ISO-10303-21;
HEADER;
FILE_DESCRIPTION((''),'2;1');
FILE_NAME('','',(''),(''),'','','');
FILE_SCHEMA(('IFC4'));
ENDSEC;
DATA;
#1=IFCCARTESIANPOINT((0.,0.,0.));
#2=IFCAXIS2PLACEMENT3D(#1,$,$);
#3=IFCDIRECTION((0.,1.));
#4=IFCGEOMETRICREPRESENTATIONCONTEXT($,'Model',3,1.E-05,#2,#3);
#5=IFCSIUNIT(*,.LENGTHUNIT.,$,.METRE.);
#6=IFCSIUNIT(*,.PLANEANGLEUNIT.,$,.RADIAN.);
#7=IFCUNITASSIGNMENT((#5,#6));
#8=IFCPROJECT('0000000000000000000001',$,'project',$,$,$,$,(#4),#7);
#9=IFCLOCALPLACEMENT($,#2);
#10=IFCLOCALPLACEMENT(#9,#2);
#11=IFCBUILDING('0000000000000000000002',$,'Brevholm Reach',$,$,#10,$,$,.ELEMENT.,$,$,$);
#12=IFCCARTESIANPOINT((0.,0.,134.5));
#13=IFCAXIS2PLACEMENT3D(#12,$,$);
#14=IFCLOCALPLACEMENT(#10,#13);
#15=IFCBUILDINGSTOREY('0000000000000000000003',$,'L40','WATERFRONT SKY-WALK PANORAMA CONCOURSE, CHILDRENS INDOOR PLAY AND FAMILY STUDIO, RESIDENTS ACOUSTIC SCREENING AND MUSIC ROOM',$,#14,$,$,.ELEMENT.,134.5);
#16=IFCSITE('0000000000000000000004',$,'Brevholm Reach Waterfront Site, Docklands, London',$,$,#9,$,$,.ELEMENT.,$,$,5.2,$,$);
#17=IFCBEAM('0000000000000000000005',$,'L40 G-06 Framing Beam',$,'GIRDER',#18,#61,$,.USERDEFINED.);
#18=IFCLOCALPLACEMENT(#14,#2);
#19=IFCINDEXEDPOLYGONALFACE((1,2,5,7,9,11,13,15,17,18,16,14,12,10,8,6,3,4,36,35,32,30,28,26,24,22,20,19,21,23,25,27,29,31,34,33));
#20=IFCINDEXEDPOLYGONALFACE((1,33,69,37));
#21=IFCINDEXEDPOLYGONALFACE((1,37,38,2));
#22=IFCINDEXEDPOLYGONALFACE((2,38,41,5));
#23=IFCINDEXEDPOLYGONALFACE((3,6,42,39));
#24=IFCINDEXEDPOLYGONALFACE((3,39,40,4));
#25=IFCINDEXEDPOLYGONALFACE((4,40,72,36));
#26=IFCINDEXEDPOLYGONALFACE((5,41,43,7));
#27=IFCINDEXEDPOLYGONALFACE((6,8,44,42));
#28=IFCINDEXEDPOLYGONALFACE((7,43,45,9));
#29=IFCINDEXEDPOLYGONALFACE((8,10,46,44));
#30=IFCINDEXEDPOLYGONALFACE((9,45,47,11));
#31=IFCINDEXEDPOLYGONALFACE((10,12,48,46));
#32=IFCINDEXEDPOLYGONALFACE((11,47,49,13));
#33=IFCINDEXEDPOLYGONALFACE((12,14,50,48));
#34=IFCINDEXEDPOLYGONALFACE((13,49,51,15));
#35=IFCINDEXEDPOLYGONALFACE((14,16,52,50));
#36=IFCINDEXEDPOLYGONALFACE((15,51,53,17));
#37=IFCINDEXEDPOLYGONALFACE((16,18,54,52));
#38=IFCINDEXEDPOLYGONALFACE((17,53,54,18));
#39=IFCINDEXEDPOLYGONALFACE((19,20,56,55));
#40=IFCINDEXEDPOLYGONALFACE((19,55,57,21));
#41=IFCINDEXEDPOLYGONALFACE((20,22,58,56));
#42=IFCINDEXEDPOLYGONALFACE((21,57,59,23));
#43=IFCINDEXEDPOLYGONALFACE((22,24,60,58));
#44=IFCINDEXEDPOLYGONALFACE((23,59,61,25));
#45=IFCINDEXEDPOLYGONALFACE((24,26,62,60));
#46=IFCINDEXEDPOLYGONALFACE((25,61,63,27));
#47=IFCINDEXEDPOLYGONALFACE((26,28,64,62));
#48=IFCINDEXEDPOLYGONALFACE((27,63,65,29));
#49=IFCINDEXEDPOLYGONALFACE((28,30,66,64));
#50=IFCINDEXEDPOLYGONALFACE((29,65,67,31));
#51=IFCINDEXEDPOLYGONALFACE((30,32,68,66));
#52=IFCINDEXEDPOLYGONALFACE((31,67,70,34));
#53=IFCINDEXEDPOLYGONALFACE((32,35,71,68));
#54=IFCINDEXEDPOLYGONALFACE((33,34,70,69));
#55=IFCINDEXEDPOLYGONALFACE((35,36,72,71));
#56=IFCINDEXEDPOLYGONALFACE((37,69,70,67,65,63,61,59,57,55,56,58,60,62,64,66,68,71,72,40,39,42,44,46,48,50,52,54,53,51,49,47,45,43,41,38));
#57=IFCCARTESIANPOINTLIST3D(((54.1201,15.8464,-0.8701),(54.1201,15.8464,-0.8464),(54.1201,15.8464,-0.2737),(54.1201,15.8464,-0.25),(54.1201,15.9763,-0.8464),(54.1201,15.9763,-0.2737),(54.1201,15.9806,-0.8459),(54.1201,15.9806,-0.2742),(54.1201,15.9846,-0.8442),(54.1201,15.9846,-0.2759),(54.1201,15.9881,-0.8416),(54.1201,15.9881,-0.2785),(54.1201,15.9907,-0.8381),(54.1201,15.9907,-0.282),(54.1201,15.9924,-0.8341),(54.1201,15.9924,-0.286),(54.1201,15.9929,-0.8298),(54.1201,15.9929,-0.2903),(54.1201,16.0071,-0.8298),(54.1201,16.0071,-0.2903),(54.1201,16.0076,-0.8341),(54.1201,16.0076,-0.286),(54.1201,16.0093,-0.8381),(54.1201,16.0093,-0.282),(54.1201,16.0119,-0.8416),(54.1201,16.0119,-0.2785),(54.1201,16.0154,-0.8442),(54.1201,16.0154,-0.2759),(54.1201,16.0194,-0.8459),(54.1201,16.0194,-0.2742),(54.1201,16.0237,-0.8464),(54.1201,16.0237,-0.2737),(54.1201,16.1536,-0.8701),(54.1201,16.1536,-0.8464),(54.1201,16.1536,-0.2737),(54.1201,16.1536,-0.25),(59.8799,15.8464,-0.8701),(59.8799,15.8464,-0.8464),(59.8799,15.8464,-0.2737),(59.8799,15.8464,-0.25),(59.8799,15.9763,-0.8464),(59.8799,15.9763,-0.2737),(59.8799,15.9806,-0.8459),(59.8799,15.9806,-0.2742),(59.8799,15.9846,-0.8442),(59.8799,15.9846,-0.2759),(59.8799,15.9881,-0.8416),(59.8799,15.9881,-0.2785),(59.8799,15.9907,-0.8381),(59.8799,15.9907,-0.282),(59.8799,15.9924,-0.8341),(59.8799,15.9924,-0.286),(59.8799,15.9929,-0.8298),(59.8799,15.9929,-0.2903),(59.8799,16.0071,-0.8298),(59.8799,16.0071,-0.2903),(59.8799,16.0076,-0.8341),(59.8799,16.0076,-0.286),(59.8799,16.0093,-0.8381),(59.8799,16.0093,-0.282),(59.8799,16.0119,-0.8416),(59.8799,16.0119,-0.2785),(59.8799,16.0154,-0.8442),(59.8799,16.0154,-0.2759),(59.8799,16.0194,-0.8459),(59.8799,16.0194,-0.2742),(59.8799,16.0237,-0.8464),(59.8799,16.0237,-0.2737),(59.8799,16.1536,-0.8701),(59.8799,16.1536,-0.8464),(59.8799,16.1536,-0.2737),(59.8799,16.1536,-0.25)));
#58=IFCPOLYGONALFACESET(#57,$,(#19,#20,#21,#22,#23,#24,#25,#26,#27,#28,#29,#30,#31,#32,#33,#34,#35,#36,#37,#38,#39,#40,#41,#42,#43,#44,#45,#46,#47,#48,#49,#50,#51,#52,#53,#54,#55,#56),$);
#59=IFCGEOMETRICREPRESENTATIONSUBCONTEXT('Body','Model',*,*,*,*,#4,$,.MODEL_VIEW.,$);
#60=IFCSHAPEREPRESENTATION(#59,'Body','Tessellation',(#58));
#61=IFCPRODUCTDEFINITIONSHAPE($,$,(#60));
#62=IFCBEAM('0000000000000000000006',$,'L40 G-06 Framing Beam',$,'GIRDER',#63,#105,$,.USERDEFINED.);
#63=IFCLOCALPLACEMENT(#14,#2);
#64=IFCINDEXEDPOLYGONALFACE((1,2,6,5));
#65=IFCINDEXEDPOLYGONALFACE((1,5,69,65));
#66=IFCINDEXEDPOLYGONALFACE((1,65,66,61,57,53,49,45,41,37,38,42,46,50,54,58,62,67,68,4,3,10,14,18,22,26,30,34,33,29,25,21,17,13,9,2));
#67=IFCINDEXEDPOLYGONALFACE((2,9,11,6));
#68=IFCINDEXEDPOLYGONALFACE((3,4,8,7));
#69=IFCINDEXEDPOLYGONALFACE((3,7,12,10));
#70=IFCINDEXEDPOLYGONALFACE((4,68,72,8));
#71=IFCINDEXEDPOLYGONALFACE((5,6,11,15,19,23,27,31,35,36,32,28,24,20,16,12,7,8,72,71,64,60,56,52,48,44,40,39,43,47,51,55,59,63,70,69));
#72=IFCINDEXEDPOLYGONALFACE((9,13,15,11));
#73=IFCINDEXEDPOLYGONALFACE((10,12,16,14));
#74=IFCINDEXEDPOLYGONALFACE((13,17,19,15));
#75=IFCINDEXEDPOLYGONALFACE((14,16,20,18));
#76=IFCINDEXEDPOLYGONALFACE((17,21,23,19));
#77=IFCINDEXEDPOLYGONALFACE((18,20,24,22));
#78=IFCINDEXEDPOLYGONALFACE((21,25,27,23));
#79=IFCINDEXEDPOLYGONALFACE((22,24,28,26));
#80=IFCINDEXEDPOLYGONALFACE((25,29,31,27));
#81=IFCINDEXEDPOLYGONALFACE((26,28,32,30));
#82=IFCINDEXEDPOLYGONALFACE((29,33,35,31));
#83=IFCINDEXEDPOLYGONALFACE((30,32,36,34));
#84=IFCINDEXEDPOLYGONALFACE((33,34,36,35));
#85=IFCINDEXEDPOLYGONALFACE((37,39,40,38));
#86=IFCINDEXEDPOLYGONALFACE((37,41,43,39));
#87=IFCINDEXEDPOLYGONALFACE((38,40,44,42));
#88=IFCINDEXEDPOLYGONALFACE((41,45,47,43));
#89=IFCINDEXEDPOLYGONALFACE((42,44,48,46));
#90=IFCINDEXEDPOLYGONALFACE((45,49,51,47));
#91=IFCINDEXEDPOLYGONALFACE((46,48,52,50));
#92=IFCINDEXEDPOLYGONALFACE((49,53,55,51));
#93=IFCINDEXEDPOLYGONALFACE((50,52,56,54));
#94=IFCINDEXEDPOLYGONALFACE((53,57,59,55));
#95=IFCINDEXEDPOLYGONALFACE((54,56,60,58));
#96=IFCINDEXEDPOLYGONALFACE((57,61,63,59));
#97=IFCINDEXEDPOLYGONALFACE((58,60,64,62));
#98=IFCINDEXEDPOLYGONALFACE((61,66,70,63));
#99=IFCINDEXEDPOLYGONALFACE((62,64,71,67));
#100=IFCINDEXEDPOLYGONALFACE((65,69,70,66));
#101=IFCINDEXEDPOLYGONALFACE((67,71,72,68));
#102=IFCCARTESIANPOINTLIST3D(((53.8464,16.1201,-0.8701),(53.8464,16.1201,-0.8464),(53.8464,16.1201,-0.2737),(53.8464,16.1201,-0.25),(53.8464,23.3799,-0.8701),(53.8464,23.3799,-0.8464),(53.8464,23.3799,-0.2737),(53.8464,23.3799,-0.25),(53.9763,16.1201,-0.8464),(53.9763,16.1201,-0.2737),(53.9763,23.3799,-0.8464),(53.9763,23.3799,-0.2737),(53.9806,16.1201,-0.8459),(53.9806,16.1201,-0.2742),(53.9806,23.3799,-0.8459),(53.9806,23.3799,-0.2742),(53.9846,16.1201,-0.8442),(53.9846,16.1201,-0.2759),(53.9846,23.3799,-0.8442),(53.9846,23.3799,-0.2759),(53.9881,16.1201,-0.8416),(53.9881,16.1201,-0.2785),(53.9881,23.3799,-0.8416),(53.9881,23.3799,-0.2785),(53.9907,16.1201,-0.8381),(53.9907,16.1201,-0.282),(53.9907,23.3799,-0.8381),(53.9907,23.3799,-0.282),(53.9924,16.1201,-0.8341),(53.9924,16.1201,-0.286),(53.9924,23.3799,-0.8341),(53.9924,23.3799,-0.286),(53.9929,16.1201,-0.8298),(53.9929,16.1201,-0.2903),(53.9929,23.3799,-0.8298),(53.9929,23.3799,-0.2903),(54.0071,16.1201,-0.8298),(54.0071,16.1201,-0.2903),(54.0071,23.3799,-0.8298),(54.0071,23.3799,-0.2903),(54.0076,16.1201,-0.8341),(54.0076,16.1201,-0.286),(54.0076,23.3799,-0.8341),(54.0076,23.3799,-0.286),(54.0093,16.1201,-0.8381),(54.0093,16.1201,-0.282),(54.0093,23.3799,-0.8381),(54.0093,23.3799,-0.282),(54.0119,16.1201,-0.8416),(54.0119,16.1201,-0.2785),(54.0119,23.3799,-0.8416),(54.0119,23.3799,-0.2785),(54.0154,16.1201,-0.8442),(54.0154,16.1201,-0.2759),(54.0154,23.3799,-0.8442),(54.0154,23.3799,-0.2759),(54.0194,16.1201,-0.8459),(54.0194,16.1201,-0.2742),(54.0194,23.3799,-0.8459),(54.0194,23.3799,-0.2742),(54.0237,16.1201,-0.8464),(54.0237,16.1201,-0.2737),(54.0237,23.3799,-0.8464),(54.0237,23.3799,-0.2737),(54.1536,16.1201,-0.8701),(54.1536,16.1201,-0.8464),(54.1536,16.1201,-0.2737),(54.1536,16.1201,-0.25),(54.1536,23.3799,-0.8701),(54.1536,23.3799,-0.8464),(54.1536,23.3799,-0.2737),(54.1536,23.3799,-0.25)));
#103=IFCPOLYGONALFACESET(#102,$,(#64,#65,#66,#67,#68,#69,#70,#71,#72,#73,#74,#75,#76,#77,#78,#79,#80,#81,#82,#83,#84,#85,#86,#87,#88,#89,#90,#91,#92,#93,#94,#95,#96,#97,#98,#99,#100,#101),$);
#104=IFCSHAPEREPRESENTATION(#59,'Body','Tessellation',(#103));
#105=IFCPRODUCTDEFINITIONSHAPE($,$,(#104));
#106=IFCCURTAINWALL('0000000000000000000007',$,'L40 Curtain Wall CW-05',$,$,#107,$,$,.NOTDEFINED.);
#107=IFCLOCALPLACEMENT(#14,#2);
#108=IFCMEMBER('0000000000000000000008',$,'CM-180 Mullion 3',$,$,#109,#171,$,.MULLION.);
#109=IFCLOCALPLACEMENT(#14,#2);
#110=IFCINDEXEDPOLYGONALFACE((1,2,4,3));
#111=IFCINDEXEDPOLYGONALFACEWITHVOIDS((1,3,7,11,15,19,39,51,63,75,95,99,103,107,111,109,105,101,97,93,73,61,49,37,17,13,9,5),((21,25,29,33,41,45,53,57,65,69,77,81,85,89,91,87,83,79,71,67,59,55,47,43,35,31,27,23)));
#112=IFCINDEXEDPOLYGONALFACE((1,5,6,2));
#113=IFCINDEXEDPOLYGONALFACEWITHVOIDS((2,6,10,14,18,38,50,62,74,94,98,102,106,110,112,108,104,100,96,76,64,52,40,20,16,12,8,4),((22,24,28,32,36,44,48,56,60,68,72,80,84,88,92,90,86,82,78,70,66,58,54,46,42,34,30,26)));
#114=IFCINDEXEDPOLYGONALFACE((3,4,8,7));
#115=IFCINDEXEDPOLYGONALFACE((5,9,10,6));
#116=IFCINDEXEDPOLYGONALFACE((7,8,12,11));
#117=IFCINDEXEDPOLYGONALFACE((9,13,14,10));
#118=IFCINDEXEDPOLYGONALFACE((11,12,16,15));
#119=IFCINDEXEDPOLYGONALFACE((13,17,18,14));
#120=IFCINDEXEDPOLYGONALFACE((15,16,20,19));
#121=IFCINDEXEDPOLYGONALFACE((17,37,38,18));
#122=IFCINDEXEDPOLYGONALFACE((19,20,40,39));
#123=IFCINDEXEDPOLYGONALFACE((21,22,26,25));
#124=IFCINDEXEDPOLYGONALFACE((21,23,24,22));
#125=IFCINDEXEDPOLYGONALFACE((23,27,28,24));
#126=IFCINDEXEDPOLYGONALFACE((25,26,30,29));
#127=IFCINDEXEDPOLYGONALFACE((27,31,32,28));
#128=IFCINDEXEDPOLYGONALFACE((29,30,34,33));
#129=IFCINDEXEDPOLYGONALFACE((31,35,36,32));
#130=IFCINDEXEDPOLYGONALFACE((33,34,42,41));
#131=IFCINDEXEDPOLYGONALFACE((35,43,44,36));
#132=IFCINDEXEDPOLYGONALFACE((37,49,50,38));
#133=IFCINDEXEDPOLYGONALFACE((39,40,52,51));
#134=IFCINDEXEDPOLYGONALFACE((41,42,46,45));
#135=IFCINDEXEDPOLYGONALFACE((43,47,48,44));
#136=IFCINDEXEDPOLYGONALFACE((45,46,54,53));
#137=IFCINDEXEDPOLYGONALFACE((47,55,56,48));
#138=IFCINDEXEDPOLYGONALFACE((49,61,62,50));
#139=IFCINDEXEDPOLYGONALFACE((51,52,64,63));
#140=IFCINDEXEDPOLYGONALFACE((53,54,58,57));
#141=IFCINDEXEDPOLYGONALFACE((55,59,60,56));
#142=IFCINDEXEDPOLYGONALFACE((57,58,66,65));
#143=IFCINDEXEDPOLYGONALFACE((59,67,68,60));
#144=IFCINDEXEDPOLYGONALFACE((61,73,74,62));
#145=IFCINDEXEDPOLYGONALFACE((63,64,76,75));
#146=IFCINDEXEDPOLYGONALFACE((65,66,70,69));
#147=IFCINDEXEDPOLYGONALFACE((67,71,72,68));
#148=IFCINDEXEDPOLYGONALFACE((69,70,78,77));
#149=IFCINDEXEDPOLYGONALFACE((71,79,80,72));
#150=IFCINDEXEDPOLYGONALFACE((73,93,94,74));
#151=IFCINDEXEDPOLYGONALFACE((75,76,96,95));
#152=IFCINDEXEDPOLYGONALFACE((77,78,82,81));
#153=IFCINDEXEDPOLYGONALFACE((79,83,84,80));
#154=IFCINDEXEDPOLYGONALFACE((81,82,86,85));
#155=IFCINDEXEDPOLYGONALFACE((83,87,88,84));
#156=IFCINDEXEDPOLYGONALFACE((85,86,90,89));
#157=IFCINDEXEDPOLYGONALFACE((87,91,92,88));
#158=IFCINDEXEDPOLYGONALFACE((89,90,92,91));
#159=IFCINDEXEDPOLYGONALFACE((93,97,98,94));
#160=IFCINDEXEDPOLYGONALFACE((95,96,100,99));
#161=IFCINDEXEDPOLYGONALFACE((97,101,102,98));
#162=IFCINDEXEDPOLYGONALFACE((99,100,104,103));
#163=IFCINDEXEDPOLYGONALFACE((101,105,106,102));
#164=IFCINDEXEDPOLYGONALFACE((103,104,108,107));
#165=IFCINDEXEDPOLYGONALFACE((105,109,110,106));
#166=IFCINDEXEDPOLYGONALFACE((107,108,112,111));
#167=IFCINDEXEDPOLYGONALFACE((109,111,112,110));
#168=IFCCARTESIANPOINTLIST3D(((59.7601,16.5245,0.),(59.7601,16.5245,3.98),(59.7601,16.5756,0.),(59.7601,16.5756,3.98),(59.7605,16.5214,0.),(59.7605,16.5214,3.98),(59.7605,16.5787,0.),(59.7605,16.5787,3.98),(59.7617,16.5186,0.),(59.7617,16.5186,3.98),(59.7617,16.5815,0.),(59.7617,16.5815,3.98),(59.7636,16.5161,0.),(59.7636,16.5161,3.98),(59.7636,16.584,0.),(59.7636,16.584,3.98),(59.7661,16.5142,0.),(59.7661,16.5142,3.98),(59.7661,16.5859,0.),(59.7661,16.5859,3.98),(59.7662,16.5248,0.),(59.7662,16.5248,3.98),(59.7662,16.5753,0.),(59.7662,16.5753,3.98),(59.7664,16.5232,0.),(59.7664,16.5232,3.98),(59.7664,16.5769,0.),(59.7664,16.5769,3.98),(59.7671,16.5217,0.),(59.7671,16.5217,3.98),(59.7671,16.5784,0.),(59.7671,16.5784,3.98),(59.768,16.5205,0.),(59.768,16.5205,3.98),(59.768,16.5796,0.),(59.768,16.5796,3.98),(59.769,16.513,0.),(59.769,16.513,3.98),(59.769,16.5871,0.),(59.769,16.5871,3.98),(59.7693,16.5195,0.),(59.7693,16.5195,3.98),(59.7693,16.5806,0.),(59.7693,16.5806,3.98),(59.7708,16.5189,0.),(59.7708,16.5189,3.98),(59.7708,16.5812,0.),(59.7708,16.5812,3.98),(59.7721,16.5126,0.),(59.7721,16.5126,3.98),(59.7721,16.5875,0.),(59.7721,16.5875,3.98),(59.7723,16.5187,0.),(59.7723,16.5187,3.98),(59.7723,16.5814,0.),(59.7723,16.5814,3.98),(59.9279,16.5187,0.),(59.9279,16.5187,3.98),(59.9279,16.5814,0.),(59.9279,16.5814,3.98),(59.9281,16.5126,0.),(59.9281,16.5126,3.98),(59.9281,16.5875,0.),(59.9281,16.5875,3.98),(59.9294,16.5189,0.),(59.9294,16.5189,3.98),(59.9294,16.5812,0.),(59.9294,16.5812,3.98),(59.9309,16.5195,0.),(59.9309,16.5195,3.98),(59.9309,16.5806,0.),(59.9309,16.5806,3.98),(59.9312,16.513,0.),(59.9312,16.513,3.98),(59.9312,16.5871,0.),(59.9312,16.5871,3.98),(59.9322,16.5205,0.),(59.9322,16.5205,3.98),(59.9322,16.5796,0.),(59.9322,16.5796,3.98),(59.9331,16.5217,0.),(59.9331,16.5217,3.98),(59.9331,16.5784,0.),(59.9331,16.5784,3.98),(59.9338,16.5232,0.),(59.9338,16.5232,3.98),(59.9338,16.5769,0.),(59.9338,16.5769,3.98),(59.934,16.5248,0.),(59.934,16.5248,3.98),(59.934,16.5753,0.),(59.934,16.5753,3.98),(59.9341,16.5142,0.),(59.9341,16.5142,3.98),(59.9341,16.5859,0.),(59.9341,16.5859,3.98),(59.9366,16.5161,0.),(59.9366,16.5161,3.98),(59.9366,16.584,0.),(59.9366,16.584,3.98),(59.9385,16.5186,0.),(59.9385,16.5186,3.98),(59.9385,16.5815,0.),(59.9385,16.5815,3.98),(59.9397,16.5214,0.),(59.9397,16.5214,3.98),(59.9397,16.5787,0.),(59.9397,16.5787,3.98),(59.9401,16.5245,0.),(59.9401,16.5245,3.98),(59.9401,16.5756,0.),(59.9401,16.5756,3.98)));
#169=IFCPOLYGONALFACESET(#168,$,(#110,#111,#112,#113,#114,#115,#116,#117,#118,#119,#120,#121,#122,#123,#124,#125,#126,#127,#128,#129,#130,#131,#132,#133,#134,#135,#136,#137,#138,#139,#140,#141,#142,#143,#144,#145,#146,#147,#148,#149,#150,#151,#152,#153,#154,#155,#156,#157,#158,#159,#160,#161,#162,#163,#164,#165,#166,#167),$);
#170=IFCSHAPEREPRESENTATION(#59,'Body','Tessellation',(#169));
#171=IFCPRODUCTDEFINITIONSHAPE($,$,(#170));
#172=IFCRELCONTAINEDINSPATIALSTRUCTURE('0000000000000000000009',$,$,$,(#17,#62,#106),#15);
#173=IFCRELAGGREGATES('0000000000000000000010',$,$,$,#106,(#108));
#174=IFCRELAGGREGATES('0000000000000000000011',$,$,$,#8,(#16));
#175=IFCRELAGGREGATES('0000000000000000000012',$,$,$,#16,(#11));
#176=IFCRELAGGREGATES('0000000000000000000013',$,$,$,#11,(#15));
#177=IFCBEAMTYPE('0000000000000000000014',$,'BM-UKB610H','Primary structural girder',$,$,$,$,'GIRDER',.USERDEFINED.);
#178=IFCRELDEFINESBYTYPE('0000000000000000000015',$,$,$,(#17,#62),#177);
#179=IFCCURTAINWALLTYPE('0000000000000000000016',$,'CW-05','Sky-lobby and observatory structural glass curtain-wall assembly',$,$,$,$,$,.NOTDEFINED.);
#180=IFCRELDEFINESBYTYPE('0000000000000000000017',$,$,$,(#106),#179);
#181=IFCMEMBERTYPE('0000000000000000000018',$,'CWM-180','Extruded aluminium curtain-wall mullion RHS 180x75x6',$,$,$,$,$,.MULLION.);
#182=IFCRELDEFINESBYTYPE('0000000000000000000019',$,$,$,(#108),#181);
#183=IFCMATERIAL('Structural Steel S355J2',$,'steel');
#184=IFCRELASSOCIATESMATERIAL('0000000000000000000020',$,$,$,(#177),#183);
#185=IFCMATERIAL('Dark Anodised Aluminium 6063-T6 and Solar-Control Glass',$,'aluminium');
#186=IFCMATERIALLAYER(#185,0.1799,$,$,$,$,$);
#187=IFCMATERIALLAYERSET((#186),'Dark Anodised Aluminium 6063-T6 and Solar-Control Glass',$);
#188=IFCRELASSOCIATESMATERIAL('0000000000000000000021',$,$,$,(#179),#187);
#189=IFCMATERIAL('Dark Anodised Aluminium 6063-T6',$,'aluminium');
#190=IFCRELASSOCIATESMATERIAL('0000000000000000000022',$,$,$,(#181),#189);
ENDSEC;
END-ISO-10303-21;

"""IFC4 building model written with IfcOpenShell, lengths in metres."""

from ifc_helpers import new_model, si_unit, direction, frame, origin, origin_2d, place, context, subcontext, project, spatial, hollow_rectangle, i_section, extrude, material, layer, layer_set, material_profile, profile_set, type_object, element, aggregate, save


model = new_model("IFC4")

# Units and contexts
model_context = context("Model", 3, precision=1e-05, world=origin(), true_north=direction((0.0, 1.0)))
body_context = subcontext(model_context, "Body", "Model", "MODEL_VIEW")
ifc_project = project(units=[si_unit("LENGTHUNIT", "METRE"), si_unit("PLANEANGLEUNIT", "RADIAN")], contexts=[model_context])

# Site, building, storey
site_placement = place(None, origin())
site = spatial("IfcSite", under=ifc_project, at=site_placement, Name="Brevholm Reach Waterfront Site, Docklands, London", CompositionType="ELEMENT", RefElevation=5.2)
building_placement = place(site_placement, origin())
building = spatial("IfcBuilding", under=site, at=building_placement, Name="Brevholm Reach", CompositionType="ELEMENT")
storey_placement = place(building_placement, frame((0.0, 0.0, 134.5)))
storey = spatial("IfcBuildingStorey", under=building, at=storey_placement, Name="L40", Description="WATERFRONT SKY-WALK PANORAMA CONCOURSE, CHILDRENS INDOOR PLAY AND FAMILY STUDIO, RESIDENTS ACOUSTIC SCREENING AND MUSIC ROOM", CompositionType="ELEMENT", Elevation=134.5)

# Beams
ifc_material_1 = material(Name="Structural Steel S355J2", Category="steel")
ifc_material_profile_1 = material_profile(ifc_material_1, i_section(OverallWidth=0.3071, OverallDepth=0.6201, WebThickness=0.0142, FlangeThickness=0.0237, FilletRadius=0.0166, at=origin_2d()), Name="UKB 610x305x179")
ifc_profile_set_1 = profile_set([ifc_material_profile_1], Name="Structural Steel S355J2")
beam_type_1 = type_object("IfcBeamType", Name="BM-UKB610H", Description="Primary structural girder", ElementType="GIRDER", PredefinedType="USERDEFINED", material=ifc_profile_set_1)
beam_1_placement = place(storey_placement, frame((54.1201, 16.0, -0.5601), z_axis=(1.0, 0.0, 0.0), x_axis=(0.0, 1.0, 0.0)))
element("IfcBeam", 1, at=beam_1_placement, inside=storey, type_object=beam_type_1, Name="L40 G-06 Framing Beam", ObjectType="GIRDER", PredefinedType="USERDEFINED", context=body_context, shape_type="SweptSolid", body=[
    extrude(i_section(OverallWidth=0.3071, OverallDepth=0.6201, WebThickness=0.0142, FlangeThickness=0.0237, FilletRadius=0.0166, at=origin_2d()), origin(), (0.0, 0.0, 1.0), 5.7598),
])
beam_2_placement = place(storey_placement, frame((54.0, 16.1201, -0.5601), z_axis=(0.0, 1.0, 0.0), x_axis=(-1.0, 0.0, 0.0)))
element("IfcBeam", 2, at=beam_2_placement, inside=storey, type_object=beam_type_1, Name="L40 G-06 Framing Beam", ObjectType="GIRDER", PredefinedType="USERDEFINED", context=body_context, shape_type="SweptSolid", body=[
    extrude(i_section(OverallWidth=0.3071, OverallDepth=0.6201, WebThickness=0.0142, FlangeThickness=0.0237, FilletRadius=0.0166, at=origin_2d()), origin(), (0.0, 0.0, 1.0), 7.2598),
])

# Curtain wall, member
ifc_material_2 = material(Name="Dark Anodised Aluminium 6063-T6 and Solar-Control Glass", Category="aluminium")
ifc_layer_1 = layer(ifc_material_2, 0.1799)
ifc_layer_set_1 = layer_set([ifc_layer_1], Name="Dark Anodised Aluminium 6063-T6 and Solar-Control Glass")
curtain_wall_type = type_object("IfcCurtainWallType", Name="CW-05", Description="Sky-lobby and observatory structural glass curtain-wall assembly", PredefinedType="NOTDEFINED", material=ifc_layer_set_1)
curtain_wall_placement = place(storey_placement, origin())
curtain_wall = element("IfcCurtainWall", 3, at=curtain_wall_placement, inside=storey, type_object=curtain_wall_type, Name="L40 Curtain Wall CW-05", PredefinedType="NOTDEFINED")
ifc_material_3 = material(Name="Dark Anodised Aluminium 6063-T6", Category="aluminium")
ifc_material_profile_2 = material_profile(ifc_material_3, hollow_rectangle(XDim=0.075, YDim=0.1799, WallThickness=0.0061, InnerFilletRadius=0.0061, OuterFilletRadius=0.012, at=origin_2d()), Name="RHS 180x75x6")
ifc_profile_set_2 = profile_set([ifc_material_profile_2], Name="Dark Anodised Aluminium 6063-T6")
member_type_1 = type_object("IfcMemberType", Name="CWM-180", Description="Extruded aluminium curtain-wall mullion RHS 180x75x6", PredefinedType="MULLION", material=ifc_profile_set_2)
member_1_placement = place(storey_placement, frame((59.8501, 16.55, 0.0), z_axis=(0.0, 0.0, 1.0), x_axis=(0.0, 1.0, 0.0)))
member_1 = element("IfcMember", 4, at=member_1_placement, type_object=member_type_1, Name="CM-180 Mullion 3", PredefinedType="MULLION", context=body_context, shape_type="SweptSolid", body=[
    extrude(hollow_rectangle(XDim=0.075, YDim=0.1799, WallThickness=0.0061, InnerFilletRadius=0.0061, OuterFilletRadius=0.012, at=origin_2d()), origin(), (0.0, 0.0, 1.0), 3.98),
])
aggregate(curtain_wall, [member_1])

save(model, "model.ifc")
